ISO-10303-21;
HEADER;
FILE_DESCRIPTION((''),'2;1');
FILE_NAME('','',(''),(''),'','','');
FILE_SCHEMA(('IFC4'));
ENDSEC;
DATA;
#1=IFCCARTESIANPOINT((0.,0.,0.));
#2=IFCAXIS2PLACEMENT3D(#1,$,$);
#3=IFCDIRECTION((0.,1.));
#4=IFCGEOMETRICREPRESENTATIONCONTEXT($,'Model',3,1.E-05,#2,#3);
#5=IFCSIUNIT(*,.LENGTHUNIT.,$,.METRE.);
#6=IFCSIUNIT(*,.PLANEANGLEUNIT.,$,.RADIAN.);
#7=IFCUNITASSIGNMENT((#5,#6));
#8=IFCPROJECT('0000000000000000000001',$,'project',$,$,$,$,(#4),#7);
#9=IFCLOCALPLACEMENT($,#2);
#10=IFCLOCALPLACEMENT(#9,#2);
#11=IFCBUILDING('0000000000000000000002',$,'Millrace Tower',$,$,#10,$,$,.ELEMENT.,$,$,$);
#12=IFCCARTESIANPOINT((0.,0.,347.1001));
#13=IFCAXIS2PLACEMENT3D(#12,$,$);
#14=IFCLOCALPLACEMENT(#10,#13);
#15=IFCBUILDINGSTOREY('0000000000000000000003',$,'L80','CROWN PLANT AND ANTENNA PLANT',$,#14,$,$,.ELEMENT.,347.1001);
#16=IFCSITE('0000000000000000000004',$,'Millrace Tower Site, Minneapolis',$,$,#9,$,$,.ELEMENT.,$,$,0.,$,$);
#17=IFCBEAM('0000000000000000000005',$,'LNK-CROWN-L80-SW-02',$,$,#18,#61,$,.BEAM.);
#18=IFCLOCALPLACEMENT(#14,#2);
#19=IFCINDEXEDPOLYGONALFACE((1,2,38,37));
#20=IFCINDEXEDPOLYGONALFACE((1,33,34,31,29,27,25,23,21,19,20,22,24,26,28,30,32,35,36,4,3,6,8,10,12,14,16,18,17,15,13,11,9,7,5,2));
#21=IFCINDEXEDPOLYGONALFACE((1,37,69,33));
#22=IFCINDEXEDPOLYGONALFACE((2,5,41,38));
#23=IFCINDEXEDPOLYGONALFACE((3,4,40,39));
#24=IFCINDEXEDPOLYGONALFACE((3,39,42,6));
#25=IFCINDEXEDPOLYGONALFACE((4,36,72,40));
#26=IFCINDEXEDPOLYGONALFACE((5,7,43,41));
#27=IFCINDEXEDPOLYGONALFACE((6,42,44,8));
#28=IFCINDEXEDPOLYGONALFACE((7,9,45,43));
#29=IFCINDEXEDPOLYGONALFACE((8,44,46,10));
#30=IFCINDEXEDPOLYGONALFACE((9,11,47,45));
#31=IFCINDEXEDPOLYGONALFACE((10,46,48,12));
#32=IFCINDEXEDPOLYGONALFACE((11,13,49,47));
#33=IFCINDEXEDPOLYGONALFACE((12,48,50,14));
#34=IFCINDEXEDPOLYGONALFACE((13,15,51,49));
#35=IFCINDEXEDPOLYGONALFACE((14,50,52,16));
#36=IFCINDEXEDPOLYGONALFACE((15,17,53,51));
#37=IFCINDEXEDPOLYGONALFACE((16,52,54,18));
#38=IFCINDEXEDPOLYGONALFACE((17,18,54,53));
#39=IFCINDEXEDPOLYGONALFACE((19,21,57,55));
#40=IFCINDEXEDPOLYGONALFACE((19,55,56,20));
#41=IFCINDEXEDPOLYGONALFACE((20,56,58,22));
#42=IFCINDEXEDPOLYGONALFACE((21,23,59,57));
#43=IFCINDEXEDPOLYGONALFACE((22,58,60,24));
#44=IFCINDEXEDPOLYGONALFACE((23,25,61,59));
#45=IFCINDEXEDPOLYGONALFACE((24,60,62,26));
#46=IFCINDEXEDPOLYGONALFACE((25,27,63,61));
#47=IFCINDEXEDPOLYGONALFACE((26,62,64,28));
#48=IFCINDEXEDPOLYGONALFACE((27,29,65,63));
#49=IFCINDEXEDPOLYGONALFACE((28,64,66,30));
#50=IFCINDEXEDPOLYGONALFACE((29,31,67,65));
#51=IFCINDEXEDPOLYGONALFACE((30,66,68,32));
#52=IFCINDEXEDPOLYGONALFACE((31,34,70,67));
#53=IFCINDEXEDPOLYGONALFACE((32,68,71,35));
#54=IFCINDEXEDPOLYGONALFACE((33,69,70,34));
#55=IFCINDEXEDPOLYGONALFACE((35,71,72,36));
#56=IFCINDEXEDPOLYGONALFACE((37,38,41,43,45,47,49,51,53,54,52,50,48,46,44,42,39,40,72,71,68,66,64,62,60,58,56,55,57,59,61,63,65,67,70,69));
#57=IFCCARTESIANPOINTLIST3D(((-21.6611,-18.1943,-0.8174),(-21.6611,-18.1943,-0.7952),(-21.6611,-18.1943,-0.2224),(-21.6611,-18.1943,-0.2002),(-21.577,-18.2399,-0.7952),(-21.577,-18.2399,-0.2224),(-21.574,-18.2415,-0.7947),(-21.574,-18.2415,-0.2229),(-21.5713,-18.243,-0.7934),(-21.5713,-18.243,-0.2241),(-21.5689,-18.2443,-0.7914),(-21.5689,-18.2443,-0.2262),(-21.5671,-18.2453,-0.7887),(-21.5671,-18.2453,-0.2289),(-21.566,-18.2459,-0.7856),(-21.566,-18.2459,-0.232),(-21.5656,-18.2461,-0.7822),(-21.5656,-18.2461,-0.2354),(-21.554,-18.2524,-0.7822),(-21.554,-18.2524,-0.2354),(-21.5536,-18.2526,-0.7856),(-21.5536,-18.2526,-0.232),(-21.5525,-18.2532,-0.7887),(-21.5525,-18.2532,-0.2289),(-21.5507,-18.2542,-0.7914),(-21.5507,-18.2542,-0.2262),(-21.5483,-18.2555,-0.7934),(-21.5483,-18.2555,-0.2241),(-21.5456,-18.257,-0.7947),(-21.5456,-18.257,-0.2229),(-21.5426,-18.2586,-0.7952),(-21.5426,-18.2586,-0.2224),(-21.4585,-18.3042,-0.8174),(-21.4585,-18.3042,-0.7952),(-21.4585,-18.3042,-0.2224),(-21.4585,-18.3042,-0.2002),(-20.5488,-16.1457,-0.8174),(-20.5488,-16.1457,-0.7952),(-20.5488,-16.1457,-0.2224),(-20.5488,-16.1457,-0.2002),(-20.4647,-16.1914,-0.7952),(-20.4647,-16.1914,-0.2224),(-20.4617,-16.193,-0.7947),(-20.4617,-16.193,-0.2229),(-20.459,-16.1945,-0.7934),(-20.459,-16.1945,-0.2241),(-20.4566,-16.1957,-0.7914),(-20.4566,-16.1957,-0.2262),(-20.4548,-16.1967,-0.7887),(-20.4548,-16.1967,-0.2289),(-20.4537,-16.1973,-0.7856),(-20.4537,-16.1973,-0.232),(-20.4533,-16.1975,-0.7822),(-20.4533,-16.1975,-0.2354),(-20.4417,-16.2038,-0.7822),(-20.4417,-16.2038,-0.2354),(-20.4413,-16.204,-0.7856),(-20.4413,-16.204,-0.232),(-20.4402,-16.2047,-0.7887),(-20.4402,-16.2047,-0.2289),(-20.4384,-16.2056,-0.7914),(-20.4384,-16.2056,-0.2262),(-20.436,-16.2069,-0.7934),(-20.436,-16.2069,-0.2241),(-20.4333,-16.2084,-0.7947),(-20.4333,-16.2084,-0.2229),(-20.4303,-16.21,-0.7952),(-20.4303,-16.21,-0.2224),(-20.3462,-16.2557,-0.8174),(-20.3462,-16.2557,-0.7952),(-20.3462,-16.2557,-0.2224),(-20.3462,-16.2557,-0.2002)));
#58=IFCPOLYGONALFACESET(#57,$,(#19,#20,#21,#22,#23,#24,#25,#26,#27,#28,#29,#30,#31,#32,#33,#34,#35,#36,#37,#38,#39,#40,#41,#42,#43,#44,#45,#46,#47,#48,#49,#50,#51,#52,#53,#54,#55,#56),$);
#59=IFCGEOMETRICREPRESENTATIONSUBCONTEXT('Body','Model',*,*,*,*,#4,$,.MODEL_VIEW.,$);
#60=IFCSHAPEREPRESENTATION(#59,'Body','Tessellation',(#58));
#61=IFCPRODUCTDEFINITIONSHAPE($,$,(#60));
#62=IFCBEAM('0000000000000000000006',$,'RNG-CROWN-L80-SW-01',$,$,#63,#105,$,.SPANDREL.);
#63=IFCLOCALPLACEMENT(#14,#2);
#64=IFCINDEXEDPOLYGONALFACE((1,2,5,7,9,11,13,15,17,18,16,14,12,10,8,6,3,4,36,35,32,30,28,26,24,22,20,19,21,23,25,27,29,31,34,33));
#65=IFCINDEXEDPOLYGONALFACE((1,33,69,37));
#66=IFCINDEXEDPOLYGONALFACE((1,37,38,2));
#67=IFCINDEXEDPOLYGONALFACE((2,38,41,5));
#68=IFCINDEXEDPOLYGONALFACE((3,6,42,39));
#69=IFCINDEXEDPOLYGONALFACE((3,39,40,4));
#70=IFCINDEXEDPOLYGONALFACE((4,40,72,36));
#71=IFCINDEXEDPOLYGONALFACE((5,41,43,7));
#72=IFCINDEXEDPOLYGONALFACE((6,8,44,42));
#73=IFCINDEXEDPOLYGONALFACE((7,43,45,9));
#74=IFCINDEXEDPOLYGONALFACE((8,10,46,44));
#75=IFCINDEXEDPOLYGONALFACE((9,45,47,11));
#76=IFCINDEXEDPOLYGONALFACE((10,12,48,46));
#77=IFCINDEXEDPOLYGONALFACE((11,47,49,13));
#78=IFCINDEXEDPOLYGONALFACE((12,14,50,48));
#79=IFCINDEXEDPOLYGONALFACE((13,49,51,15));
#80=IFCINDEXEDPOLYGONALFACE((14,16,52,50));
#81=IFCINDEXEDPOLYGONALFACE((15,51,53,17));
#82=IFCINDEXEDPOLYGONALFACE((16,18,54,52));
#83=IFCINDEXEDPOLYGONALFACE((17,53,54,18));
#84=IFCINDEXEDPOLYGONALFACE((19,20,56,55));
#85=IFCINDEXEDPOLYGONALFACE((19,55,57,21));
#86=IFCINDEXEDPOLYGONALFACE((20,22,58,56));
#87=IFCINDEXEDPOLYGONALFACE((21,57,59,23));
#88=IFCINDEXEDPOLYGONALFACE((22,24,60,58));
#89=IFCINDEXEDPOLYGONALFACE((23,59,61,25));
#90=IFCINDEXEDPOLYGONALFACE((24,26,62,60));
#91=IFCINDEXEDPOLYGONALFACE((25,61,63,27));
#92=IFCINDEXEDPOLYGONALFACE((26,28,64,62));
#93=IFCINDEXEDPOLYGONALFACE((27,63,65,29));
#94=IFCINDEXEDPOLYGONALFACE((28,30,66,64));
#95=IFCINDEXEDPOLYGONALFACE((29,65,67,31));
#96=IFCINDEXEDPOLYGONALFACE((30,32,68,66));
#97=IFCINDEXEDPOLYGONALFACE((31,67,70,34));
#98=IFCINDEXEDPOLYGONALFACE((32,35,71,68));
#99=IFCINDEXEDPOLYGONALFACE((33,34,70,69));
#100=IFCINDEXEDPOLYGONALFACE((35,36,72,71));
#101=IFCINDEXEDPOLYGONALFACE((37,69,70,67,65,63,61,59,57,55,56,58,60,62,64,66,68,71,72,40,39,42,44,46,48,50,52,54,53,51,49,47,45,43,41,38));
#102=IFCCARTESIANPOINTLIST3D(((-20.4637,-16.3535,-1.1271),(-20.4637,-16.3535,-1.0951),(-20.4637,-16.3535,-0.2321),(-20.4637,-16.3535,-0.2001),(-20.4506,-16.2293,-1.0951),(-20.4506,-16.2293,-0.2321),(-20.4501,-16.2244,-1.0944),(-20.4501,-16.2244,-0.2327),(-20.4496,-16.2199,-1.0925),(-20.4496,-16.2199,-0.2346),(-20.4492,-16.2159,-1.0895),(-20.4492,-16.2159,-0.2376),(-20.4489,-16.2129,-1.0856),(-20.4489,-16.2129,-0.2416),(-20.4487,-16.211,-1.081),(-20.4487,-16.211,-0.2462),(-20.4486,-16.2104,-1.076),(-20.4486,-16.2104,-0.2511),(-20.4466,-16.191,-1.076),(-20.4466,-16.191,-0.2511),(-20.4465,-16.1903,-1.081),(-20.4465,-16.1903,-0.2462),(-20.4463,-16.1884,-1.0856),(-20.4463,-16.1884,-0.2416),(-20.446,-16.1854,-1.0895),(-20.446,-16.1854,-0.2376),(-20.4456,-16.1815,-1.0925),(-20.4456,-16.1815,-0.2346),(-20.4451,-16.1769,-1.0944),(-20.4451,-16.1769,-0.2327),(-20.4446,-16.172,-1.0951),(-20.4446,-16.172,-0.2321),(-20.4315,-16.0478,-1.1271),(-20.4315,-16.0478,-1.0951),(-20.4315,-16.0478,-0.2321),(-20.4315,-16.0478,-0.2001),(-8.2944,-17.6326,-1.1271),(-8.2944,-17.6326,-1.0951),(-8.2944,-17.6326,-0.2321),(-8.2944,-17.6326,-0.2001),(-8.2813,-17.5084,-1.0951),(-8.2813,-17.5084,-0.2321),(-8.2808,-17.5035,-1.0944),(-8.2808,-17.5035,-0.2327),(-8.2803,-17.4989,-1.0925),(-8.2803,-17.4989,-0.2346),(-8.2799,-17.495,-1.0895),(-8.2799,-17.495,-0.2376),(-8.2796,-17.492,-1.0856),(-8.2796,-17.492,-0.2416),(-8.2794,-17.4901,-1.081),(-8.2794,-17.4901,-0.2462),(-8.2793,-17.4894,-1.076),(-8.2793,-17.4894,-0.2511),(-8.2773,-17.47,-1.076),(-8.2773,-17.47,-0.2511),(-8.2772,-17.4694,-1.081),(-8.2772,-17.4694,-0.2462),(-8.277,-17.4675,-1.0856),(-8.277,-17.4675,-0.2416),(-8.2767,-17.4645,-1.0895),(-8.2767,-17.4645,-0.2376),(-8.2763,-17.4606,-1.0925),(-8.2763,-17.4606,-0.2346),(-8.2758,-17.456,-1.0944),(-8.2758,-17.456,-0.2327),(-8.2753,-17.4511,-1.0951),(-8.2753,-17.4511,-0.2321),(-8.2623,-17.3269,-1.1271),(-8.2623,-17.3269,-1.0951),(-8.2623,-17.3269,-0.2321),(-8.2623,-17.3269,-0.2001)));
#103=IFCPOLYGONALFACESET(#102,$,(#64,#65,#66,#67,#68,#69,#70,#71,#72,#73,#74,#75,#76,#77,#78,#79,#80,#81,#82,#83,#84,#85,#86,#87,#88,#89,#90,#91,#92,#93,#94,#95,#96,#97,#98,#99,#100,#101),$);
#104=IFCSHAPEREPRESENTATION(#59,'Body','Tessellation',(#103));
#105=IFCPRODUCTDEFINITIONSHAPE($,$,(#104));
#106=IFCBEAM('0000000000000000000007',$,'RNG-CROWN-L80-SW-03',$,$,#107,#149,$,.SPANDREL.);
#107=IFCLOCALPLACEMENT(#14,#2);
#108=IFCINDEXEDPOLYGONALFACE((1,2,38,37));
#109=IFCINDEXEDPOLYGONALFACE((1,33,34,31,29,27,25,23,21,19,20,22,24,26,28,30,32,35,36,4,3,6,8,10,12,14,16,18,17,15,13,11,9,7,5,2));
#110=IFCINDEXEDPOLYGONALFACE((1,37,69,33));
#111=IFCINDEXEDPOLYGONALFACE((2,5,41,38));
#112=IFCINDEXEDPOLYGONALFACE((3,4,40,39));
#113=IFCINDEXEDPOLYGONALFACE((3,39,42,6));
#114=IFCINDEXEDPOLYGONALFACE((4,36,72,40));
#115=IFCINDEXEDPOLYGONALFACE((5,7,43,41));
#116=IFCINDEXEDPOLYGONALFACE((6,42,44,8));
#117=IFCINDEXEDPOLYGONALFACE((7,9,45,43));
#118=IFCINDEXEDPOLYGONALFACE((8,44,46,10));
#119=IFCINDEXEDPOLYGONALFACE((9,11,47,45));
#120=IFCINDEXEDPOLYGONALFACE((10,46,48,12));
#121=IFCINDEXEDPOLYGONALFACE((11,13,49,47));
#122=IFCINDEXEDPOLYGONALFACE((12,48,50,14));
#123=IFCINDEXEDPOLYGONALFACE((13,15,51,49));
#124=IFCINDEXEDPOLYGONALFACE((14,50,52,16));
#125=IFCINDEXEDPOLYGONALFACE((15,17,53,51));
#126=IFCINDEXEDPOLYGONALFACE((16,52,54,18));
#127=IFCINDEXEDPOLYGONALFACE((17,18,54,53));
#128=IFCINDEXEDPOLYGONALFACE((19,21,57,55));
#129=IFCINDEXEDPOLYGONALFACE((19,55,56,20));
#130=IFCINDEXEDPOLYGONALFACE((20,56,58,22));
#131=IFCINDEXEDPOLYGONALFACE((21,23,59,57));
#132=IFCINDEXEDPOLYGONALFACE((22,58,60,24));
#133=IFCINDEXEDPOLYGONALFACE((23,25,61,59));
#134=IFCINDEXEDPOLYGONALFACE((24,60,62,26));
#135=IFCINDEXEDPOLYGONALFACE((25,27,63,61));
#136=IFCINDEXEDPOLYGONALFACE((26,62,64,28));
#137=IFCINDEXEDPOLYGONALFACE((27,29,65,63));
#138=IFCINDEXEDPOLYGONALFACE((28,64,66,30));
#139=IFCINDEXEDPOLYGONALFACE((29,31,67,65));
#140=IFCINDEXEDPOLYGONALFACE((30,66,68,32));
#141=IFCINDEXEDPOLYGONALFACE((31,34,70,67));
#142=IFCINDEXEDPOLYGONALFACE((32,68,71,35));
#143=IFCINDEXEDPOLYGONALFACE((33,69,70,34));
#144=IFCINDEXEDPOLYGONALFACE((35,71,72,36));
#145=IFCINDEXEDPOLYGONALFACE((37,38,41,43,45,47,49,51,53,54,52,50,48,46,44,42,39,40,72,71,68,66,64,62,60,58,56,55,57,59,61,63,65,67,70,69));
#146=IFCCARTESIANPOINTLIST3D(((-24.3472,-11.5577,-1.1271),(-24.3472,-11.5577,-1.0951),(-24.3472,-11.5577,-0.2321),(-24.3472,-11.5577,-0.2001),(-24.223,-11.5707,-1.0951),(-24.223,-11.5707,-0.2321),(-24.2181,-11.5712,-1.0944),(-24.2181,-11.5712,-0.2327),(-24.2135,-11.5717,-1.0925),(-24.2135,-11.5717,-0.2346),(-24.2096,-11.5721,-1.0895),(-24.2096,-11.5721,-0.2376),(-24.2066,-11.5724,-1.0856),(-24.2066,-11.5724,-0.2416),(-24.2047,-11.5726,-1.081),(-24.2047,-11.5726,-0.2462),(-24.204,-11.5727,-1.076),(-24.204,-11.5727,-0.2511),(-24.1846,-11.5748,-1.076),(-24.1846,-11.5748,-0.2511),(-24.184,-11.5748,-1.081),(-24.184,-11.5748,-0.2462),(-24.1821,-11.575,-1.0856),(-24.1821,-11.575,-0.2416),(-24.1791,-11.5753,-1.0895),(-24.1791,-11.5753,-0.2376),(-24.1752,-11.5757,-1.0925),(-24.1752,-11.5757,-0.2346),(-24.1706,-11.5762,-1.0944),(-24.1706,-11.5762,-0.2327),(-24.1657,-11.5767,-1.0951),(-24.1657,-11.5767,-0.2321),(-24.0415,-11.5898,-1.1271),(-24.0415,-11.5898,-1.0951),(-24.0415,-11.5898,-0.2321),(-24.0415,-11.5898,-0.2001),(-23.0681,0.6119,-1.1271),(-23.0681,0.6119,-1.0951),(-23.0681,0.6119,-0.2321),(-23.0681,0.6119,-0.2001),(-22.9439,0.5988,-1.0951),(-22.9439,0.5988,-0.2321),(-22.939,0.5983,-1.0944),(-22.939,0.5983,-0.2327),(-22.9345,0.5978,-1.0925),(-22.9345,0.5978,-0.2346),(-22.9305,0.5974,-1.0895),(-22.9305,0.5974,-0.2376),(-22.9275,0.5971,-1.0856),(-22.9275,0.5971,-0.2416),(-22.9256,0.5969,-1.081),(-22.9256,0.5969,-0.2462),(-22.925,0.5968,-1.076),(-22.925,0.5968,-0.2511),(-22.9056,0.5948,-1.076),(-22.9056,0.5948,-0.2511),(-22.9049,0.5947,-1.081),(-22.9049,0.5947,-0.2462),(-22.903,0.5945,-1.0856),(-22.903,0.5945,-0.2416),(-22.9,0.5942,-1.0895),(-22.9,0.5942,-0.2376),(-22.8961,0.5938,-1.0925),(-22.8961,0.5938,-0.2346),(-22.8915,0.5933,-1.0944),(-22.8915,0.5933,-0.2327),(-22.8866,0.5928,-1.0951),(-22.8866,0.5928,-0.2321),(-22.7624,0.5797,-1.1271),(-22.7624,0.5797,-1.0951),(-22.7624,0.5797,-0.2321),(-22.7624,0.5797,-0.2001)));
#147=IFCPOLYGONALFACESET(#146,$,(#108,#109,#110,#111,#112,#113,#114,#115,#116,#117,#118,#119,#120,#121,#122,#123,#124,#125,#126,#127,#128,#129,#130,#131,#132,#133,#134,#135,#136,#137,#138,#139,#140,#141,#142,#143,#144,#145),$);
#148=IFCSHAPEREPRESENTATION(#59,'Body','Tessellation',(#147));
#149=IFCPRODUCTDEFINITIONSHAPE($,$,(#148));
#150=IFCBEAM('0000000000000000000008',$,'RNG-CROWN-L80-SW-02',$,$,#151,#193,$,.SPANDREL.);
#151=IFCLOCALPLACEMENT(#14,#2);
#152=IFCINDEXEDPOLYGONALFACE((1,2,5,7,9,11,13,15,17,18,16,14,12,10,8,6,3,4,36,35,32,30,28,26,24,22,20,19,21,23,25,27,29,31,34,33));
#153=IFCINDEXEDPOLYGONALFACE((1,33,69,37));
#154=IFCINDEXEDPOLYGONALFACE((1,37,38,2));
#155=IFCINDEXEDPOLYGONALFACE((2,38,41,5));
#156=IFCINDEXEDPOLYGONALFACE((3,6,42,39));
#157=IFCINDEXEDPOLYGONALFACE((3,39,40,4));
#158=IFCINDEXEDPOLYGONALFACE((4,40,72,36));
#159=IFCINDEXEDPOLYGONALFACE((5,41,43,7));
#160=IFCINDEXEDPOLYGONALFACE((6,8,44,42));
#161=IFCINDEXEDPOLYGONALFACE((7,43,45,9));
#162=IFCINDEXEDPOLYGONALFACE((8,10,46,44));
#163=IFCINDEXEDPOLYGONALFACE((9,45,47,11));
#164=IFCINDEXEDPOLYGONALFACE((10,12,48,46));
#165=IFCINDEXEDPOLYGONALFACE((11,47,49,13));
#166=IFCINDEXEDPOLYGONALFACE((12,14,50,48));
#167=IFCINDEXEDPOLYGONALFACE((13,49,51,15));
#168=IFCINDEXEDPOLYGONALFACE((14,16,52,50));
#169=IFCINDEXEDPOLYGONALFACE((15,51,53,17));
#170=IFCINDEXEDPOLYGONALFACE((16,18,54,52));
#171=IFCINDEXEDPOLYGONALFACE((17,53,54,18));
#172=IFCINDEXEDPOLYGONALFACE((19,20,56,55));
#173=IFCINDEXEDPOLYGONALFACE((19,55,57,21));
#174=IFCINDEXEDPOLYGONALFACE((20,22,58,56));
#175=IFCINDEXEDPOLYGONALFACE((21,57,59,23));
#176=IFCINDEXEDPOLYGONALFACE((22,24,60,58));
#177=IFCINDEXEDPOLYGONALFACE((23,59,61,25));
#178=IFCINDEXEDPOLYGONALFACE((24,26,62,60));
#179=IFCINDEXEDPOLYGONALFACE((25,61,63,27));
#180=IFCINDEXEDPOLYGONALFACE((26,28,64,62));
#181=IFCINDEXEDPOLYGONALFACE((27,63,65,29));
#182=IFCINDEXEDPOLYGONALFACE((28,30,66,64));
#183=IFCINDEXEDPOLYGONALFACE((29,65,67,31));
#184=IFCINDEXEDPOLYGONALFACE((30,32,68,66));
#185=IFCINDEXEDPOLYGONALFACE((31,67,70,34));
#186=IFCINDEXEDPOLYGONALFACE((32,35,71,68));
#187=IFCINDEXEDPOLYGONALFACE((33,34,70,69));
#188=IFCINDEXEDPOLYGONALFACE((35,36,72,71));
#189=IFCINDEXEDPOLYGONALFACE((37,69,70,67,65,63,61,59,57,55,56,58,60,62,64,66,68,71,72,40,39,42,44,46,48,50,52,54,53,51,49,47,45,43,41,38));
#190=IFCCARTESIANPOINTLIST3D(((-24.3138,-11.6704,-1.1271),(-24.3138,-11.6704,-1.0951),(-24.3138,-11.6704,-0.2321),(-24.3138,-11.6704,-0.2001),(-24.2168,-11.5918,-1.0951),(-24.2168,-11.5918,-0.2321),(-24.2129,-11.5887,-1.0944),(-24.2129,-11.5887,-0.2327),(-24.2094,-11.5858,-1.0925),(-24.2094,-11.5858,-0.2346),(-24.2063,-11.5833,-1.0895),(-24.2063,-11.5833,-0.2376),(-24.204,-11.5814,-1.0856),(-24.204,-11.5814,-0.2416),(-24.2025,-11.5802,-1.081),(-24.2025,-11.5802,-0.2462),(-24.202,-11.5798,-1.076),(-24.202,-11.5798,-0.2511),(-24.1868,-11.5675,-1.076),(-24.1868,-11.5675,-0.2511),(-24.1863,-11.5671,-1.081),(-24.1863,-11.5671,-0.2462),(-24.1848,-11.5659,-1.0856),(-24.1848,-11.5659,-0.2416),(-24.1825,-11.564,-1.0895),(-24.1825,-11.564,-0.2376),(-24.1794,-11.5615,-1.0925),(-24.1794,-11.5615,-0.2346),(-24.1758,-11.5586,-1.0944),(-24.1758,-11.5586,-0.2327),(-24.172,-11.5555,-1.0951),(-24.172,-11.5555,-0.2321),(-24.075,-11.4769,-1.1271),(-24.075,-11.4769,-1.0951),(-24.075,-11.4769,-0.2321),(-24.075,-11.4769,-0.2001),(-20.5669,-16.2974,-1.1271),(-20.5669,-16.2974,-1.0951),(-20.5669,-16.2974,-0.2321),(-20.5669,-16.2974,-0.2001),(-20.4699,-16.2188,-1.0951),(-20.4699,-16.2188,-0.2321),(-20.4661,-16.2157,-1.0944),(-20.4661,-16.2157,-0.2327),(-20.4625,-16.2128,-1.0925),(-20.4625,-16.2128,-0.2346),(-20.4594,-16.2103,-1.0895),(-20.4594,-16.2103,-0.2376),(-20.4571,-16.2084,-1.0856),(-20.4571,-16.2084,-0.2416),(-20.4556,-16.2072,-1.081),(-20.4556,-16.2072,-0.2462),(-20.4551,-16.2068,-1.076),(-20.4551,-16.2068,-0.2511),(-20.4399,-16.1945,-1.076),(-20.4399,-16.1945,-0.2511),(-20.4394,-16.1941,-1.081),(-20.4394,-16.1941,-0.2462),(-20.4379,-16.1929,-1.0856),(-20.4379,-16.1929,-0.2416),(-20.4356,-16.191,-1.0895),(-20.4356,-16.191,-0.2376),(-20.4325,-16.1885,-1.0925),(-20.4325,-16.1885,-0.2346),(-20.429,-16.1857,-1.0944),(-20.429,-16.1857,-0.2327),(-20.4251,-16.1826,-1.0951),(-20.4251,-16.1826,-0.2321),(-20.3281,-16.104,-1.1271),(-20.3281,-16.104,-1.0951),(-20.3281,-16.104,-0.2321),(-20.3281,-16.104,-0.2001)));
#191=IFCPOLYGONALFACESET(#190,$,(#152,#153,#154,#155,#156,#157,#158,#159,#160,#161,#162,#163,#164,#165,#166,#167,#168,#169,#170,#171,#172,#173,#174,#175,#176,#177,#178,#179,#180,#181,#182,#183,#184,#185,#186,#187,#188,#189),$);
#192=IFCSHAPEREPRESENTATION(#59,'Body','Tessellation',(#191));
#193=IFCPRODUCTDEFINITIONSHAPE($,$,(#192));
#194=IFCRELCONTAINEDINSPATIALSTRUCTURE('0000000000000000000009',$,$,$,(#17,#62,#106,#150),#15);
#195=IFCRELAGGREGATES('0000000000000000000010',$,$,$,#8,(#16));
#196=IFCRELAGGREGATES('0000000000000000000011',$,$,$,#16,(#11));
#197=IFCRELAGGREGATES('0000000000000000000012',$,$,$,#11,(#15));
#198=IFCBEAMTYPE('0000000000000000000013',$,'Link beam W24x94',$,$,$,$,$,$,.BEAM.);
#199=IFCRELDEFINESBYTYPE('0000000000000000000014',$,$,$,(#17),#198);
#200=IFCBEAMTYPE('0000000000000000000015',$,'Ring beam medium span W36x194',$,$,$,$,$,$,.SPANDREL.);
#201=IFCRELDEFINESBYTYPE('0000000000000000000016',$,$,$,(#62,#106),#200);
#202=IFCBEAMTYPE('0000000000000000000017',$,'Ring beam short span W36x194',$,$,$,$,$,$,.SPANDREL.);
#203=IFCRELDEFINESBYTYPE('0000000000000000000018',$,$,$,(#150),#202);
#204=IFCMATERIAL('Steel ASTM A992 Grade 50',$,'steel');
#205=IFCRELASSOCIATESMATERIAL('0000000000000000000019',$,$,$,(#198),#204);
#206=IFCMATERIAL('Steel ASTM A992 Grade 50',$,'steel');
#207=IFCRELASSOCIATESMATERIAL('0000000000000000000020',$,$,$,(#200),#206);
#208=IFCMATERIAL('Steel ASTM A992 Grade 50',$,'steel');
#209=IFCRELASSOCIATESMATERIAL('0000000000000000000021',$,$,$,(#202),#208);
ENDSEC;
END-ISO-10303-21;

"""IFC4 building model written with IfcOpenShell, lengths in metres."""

from ifc_helpers import new_model, si_unit, direction, frame, origin, origin_2d, place, context, subcontext, project, spatial, i_section, extrude, material, material_profile, profile_set, type_object, element, save


model = new_model("IFC4")

# Units and contexts
model_context = context("Model", 3, precision=1e-05, world=origin(), true_north=direction((0.0, 1.0)))
body_context = subcontext(model_context, "Body", "Model", "MODEL_VIEW")
ifc_project = project(units=[si_unit("LENGTHUNIT", "METRE"), si_unit("PLANEANGLEUNIT", "RADIAN")], contexts=[model_context])

# Site, building, storey
site_placement = place(None, origin())
site = spatial("IfcSite", under=ifc_project, at=site_placement, Name="Millrace Tower Site, Minneapolis", CompositionType="ELEMENT", RefElevation=0.0)
building_placement = place(site_placement, origin())
building = spatial("IfcBuilding", under=site, at=building_placement, Name="Millrace Tower", CompositionType="ELEMENT")
storey_placement = place(building_placement, frame((0.0, 0.0, 347.1001)))
storey = spatial("IfcBuildingStorey", under=building, at=storey_placement, Name="L80", Description="CROWN PLANT AND ANTENNA PLANT", CompositionType="ELEMENT", Elevation=347.1001)

# Beams
ifc_material_1 = material(Name="Steel ASTM A992 Grade 50", Category="steel")
ifc_material_profile_1 = material_profile(ifc_material_1, i_section(OverallWidth=0.2305, OverallDepth=0.6172, WebThickness=0.0132, FlangeThickness=0.0222, FilletRadius=0.0129, at=origin_2d()))
ifc_profile_set_1 = profile_set([ifc_material_profile_1], Name="Steel ASTM A992 Grade 50")
beam_type_1 = type_object("IfcBeamType", Name="Link beam W24x94", PredefinedType="BEAM", material=ifc_profile_set_1)
beam_1_placement = place(storey_placement, frame((-20.4475, -16.2007, -0.5088), z_axis=(-0.477164, -0.878815, 0.0), x_axis=(0.878815, -0.477164, 0.0)))
element("IfcBeam", 1, at=beam_1_placement, inside=storey, type_object=beam_type_1, Name="LNK-CROWN-L80-SW-02", PredefinedType="BEAM", context=body_context, shape_type="SweptSolid", body=[
    extrude(i_section(OverallWidth=0.2305, OverallDepth=0.6172, WebThickness=0.0132, FlangeThickness=0.0222, FilletRadius=0.0129, at=origin_2d()), origin(), (0.0, 0.0, 1.0), 2.3311),
])
ifc_material_2 = material(Name="Steel ASTM A992 Grade 50", Category="steel")
ifc_material_profile_2 = material_profile(ifc_material_2, i_section(OverallWidth=0.3074, OverallDepth=0.927, WebThickness=0.0195, FlangeThickness=0.032, FilletRadius=0.019, at=origin_2d()))
ifc_profile_set_2 = profile_set([ifc_material_profile_2], Name="Steel ASTM A992 Grade 50")
beam_type_2 = type_object("IfcBeamType", Name="Ring beam medium span W36x194", PredefinedType="SPANDREL", material=ifc_profile_set_2)
beam_2_placement = place(storey_placement, frame((-8.2783, -17.4797, -0.6636), z_axis=(-0.994522, 0.10453, 0.0), x_axis=(-0.10453, -0.994522, 0.0)))
element("IfcBeam", 2, at=beam_2_placement, inside=storey, type_object=beam_type_2, Name="RNG-CROWN-L80-SW-01", PredefinedType="SPANDREL", context=body_context, shape_type="SweptSolid", body=[
    extrude(i_section(OverallWidth=0.3074, OverallDepth=0.927, WebThickness=0.0195, FlangeThickness=0.032, FilletRadius=0.019, at=origin_2d()), origin(), (0.0, 0.0, 1.0), 12.2363),
])
beam_3_placement = place(storey_placement, frame((-24.1943, -11.5737, -0.6636), z_axis=(0.104528, 0.994522, 0.0), x_axis=(-0.994522, 0.104528, 0.0)))
element("IfcBeam", 3, at=beam_3_placement, inside=storey, type_object=beam_type_2, Name="RNG-CROWN-L80-SW-03", PredefinedType="SPANDREL", context=body_context, shape_type="SweptSolid", body=[
    extrude(i_section(OverallWidth=0.3074, OverallDepth=0.927, WebThickness=0.0195, FlangeThickness=0.032, FilletRadius=0.019, at=origin_2d()), origin(), (0.0, 0.0, 1.0), 12.2366),
])
ifc_material_3 = material(Name="Steel ASTM A992 Grade 50", Category="steel")
ifc_material_profile_3 = material_profile(ifc_material_3, i_section(OverallWidth=0.3074, OverallDepth=0.927, WebThickness=0.0195, FlangeThickness=0.032, FilletRadius=0.019, at=origin_2d()))
ifc_profile_set_3 = profile_set([ifc_material_profile_3], Name="Steel ASTM A992 Grade 50")
beam_type_3 = type_object("IfcBeamType", Name="Ring beam short span W36x194", PredefinedType="SPANDREL", material=ifc_profile_set_3)
beam_4_placement = place(storey_placement, frame((-20.4475, -16.2007, -0.6636), z_axis=(-0.62932, 0.777147, 0.0), x_axis=(-0.777147, -0.62932, 0.0)))
element("IfcBeam", 4, at=beam_4_placement, inside=storey, type_object=beam_type_3, Name="RNG-CROWN-L80-SW-02", PredefinedType="SPANDREL", context=body_context, shape_type="SweptSolid", body=[
    extrude(i_section(OverallWidth=0.3074, OverallDepth=0.927, WebThickness=0.0195, FlangeThickness=0.032, FilletRadius=0.019, at=origin_2d()), origin(), (0.0, 0.0, 1.0), 5.9539),
])

save(model, "model.ifc")
